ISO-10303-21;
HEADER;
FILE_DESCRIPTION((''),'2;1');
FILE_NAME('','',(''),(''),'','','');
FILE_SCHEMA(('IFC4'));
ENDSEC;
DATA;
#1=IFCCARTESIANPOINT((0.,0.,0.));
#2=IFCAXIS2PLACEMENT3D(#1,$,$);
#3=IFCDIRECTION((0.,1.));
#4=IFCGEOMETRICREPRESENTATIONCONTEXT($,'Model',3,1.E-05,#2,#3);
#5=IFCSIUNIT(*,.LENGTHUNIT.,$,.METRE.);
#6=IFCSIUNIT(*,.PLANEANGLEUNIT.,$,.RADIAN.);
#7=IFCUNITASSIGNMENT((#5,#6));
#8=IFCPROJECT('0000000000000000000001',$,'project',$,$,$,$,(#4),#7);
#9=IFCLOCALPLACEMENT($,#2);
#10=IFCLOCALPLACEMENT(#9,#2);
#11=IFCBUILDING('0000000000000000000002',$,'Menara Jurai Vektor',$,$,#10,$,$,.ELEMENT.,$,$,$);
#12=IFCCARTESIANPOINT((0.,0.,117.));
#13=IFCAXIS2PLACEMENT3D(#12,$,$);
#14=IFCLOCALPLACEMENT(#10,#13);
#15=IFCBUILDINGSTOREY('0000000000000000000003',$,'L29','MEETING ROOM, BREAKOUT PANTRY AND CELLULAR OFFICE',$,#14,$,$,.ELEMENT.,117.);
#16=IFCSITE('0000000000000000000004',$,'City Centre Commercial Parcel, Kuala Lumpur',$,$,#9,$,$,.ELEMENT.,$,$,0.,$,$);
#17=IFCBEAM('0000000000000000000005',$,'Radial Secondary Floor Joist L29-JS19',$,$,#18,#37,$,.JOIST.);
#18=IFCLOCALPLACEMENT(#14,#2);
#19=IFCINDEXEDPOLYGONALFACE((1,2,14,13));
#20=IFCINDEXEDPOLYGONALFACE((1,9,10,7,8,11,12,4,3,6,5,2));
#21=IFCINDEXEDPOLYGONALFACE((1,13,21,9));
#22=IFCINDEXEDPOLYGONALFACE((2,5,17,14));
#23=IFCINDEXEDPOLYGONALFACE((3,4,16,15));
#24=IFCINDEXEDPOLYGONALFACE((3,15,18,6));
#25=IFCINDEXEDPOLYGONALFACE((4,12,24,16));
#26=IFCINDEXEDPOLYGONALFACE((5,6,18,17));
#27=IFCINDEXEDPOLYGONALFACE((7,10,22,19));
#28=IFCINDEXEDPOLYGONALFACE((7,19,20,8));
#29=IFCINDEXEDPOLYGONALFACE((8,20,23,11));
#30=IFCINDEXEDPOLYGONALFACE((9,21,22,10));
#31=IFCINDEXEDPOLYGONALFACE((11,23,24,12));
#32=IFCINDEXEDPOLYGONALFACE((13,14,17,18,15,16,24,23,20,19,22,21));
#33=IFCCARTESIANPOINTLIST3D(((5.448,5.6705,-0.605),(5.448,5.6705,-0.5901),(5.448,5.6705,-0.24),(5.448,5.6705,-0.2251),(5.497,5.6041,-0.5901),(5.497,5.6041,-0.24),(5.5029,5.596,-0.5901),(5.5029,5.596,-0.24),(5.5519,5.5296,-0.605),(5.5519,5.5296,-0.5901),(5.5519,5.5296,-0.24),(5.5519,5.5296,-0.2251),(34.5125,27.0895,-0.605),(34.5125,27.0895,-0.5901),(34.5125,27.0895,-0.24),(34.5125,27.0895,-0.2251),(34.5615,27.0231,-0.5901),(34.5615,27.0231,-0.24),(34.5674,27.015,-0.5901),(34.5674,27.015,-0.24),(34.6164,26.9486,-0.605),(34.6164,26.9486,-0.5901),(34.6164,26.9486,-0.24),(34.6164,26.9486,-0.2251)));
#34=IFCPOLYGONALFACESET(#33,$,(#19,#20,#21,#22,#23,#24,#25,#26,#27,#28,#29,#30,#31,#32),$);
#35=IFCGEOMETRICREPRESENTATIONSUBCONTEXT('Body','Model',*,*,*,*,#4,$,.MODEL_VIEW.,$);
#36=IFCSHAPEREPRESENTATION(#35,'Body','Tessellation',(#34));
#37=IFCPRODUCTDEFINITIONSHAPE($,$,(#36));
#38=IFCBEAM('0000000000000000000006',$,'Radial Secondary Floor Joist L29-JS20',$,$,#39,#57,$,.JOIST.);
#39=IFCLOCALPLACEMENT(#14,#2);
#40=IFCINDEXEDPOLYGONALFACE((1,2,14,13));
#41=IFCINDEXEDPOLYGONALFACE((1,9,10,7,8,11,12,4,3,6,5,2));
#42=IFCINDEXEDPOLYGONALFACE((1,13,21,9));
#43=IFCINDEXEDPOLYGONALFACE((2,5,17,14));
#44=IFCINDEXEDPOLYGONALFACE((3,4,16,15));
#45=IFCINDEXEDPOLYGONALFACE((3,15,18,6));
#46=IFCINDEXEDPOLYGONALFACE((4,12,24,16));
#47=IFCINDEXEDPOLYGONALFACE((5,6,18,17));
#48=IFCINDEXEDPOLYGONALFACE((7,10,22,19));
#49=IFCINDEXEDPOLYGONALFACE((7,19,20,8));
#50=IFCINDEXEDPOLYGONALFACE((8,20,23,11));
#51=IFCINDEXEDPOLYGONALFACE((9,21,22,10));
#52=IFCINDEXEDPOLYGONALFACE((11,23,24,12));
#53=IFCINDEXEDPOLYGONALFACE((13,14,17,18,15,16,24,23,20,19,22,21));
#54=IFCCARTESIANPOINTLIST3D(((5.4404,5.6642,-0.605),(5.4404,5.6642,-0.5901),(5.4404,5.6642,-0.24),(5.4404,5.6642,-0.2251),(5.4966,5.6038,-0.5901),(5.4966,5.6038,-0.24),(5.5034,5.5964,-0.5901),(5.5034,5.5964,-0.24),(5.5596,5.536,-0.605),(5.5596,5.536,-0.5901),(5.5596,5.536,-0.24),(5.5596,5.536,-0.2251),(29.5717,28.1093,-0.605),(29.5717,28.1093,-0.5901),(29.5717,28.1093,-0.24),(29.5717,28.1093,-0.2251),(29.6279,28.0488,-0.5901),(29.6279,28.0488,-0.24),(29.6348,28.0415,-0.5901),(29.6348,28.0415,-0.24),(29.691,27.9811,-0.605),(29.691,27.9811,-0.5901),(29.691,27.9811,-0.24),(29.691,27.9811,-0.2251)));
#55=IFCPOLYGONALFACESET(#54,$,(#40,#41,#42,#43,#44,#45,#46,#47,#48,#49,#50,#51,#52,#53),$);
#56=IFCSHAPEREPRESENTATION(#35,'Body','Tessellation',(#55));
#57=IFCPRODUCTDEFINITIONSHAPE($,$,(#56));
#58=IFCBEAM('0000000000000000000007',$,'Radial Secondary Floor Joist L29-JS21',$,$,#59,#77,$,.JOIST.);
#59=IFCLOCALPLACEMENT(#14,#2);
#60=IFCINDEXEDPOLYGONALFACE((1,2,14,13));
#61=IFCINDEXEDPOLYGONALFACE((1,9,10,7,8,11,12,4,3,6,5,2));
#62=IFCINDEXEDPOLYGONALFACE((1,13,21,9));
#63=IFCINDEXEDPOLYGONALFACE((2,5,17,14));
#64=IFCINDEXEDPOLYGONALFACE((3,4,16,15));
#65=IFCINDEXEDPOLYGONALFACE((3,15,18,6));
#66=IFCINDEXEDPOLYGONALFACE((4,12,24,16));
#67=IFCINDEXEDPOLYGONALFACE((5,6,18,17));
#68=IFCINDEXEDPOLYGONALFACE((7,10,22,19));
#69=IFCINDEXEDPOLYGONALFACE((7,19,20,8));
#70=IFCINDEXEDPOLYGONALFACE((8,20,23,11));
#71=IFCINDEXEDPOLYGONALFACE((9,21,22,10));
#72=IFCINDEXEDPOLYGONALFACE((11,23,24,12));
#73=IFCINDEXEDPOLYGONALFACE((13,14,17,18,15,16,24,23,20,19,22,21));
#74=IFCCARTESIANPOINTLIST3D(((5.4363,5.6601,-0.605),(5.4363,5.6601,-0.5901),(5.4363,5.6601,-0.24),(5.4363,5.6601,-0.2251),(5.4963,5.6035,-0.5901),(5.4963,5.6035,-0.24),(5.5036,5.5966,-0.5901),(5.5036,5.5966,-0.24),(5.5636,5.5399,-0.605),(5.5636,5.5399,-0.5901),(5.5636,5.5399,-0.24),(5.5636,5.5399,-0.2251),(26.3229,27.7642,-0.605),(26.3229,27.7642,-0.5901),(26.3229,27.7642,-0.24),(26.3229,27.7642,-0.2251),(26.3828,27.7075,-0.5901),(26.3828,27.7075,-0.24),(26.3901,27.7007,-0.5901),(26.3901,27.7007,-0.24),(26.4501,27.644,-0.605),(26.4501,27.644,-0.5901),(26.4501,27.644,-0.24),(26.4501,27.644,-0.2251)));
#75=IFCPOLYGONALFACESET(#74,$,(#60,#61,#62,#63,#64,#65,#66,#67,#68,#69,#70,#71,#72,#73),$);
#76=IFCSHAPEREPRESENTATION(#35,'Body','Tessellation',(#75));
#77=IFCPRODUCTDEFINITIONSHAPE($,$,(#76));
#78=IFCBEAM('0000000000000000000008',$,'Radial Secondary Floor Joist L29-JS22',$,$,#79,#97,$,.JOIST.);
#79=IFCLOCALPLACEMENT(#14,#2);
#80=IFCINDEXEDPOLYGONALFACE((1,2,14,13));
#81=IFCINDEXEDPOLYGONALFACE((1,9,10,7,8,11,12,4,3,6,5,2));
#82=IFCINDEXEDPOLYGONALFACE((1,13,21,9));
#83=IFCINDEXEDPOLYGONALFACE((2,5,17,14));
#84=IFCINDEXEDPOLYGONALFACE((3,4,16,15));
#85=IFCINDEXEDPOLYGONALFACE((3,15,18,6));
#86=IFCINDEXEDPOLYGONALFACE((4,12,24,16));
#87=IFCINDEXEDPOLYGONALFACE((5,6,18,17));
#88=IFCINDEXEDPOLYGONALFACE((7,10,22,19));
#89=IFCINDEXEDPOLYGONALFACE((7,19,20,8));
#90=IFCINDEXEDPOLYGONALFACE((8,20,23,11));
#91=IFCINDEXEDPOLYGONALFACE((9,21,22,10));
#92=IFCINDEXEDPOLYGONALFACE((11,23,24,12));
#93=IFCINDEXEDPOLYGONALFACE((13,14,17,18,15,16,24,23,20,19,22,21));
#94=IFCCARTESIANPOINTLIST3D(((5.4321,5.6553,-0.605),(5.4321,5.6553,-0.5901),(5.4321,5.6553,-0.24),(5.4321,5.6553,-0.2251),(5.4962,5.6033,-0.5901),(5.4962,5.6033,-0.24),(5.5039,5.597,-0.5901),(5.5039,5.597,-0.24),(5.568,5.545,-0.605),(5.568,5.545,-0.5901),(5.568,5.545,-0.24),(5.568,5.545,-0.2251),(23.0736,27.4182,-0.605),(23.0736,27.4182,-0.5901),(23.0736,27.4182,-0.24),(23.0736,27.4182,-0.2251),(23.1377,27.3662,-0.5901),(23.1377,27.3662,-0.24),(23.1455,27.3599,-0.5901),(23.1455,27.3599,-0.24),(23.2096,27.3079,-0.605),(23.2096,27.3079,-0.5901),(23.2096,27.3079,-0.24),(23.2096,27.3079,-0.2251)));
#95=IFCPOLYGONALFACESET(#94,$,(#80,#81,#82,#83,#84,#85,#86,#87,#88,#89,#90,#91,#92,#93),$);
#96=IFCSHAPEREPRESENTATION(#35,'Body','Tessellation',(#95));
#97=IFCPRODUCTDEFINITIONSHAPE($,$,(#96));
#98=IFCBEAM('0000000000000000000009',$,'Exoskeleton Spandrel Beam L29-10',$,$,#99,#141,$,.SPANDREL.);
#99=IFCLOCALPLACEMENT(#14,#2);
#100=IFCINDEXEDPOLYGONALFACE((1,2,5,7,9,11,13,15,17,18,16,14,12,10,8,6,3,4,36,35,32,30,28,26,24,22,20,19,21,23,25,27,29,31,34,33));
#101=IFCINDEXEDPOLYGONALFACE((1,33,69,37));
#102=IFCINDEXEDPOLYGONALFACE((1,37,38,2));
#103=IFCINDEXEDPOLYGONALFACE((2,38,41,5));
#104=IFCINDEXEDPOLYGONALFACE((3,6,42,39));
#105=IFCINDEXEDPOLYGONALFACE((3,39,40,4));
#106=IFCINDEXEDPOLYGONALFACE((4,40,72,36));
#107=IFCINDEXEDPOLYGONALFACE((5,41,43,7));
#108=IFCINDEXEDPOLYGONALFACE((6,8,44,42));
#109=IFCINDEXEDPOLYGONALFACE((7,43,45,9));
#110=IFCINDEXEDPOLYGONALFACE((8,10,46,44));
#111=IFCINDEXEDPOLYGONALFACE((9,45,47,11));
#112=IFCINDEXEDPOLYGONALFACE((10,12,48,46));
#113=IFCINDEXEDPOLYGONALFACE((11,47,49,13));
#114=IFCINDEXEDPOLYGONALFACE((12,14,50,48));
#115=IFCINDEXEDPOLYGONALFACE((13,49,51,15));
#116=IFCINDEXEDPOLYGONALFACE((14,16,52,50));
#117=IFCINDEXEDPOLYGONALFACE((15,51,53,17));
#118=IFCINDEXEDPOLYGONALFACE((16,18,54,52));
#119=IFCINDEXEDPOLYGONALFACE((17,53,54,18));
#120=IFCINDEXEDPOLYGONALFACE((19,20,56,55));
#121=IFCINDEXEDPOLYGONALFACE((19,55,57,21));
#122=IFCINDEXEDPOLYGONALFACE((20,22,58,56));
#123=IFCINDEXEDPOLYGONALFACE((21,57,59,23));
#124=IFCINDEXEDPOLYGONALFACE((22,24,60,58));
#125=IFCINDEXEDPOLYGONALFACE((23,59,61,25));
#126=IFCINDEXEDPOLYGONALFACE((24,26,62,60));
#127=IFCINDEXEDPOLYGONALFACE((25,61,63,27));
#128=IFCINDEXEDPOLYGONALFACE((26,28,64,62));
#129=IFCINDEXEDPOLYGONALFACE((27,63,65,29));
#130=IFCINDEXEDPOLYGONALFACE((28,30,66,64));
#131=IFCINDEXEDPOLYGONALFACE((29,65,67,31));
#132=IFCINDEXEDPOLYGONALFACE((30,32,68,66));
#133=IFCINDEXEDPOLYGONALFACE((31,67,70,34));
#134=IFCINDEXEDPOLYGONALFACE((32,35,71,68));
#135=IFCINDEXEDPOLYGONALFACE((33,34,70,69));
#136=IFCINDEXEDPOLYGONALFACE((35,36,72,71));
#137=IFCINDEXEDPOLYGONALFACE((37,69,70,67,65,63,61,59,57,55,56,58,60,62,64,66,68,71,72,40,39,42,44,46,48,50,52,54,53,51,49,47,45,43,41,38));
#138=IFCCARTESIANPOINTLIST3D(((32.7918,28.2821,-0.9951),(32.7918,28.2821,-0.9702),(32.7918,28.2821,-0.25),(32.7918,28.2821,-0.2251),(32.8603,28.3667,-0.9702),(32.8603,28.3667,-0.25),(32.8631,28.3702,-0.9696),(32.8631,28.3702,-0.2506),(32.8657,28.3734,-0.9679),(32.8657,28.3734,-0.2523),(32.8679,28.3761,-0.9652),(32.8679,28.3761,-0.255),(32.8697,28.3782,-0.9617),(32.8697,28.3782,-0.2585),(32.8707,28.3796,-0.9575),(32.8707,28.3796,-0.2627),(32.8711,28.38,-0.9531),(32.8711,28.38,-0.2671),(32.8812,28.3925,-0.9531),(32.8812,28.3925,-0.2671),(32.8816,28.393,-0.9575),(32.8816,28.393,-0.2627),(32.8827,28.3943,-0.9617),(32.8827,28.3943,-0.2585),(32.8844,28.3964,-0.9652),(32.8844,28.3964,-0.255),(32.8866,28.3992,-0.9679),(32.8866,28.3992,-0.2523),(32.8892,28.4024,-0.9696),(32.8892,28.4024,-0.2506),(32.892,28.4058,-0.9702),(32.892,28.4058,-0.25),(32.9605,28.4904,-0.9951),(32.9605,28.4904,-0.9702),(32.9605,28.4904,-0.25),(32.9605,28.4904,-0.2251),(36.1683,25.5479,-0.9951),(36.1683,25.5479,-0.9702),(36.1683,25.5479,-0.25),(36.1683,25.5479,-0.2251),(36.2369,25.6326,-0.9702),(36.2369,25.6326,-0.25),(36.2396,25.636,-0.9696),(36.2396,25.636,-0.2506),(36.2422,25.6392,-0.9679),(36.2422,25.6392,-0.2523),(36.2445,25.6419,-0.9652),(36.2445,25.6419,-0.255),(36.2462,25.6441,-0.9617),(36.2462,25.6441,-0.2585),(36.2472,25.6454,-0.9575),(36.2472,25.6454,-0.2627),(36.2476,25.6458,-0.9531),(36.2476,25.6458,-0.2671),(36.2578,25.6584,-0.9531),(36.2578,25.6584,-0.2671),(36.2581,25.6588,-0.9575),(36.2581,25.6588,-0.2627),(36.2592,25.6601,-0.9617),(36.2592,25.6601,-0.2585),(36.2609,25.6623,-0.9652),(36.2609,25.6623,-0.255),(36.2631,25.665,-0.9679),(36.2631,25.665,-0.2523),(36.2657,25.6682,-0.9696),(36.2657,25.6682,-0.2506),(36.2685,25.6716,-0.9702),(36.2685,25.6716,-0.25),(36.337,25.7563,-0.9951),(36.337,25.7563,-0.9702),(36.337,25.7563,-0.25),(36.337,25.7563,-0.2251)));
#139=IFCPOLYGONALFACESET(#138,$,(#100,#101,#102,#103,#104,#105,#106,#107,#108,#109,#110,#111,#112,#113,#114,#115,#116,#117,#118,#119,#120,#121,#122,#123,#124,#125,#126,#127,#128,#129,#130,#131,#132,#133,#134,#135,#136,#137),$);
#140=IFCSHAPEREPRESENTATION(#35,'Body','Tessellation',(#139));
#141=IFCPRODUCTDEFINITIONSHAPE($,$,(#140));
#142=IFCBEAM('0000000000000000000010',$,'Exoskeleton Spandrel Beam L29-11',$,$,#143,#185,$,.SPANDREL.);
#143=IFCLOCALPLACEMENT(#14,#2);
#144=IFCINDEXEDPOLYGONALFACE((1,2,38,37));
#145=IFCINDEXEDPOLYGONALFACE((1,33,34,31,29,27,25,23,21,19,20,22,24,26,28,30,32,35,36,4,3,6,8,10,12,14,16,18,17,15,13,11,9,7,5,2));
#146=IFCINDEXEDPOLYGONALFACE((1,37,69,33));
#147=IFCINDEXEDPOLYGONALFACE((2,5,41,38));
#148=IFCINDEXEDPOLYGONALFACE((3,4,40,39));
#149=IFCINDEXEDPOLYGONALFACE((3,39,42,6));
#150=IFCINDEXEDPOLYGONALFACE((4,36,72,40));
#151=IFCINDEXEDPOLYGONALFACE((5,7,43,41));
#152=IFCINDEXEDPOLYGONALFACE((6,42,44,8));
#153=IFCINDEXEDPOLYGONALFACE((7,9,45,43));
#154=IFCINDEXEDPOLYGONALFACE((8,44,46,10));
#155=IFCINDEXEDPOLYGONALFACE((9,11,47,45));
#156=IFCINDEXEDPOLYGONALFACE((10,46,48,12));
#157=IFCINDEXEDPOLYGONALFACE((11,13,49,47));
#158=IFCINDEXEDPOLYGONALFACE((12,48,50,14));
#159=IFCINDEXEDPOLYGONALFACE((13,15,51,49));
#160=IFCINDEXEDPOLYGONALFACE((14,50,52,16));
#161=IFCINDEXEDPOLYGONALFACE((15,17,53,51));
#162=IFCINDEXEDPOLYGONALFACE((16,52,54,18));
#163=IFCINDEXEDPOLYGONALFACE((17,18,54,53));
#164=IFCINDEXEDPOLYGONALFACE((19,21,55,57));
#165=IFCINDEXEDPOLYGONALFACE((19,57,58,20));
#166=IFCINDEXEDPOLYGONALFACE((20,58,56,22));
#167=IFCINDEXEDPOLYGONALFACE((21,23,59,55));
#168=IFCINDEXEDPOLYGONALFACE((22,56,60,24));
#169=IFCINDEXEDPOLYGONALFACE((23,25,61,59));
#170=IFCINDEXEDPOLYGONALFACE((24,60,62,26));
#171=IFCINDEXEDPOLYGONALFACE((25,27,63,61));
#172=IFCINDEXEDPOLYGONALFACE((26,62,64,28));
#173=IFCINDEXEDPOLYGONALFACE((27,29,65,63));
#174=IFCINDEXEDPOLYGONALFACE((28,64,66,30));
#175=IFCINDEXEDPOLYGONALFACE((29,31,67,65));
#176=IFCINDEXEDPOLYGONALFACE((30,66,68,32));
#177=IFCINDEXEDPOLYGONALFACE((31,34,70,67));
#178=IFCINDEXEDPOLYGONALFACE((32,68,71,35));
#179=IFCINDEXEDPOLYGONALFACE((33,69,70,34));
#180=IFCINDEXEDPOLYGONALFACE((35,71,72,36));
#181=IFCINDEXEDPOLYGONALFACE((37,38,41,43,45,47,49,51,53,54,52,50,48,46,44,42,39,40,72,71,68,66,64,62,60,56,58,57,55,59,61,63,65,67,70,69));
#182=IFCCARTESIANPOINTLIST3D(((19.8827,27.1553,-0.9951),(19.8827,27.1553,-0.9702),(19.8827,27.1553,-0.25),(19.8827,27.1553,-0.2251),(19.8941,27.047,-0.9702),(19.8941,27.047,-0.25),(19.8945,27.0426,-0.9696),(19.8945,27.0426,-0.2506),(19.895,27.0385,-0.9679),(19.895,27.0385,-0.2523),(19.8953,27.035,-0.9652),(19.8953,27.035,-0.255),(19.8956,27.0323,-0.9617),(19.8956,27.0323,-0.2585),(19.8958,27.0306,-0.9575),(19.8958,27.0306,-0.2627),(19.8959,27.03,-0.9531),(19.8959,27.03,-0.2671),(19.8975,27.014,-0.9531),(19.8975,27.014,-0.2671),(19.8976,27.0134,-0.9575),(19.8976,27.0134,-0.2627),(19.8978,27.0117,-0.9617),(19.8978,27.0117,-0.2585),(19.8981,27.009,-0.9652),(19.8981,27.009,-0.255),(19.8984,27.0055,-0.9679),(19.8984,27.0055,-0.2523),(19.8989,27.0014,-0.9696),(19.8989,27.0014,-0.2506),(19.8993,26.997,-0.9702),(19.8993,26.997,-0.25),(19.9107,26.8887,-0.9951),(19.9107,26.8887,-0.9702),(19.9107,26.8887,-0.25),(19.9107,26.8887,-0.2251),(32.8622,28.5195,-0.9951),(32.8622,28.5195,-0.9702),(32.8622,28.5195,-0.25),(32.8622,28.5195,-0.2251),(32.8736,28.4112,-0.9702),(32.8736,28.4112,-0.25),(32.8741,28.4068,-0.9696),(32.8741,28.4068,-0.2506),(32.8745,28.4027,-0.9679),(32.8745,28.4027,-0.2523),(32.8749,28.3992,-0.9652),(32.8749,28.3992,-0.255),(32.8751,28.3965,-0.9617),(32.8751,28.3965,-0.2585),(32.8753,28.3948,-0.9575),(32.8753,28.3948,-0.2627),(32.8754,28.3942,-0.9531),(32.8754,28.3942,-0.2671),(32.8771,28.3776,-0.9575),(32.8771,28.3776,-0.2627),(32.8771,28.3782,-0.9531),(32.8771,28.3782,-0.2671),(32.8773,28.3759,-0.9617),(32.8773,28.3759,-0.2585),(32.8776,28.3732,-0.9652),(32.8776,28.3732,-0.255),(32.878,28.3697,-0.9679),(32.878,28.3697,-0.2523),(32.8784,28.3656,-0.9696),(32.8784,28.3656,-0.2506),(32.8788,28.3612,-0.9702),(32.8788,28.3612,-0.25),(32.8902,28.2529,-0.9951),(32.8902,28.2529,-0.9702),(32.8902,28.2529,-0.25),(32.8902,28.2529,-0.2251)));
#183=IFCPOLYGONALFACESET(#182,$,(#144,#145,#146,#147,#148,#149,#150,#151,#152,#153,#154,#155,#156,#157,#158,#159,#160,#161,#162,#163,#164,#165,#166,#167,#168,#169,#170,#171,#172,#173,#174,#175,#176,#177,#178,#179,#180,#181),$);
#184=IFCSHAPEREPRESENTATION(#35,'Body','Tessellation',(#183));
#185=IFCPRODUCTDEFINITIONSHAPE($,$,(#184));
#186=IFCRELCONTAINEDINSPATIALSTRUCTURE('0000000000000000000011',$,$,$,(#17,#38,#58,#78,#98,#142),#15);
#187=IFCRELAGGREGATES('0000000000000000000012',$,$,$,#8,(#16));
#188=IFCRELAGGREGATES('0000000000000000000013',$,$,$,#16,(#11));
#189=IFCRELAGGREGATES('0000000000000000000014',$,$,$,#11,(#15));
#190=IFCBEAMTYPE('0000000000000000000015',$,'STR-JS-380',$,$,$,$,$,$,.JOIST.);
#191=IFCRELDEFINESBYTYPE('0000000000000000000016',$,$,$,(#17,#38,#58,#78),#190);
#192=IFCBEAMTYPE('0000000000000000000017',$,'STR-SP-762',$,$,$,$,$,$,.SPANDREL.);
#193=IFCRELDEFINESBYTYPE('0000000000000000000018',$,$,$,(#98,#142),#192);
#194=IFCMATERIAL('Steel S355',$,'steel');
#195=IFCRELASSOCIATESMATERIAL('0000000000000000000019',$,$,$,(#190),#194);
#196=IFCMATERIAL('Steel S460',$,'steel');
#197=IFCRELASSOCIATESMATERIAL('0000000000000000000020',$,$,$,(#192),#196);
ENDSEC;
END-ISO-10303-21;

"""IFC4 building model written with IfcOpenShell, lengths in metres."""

from ifc_helpers import new_model, si_unit, direction, frame, origin, origin_2d, place, context, subcontext, project, spatial, i_section, extrude, material, material_profile, profile_set, type_object, element, save


model = new_model("IFC4")

# Units and contexts
model_context = context("Model", 3, precision=1e-05, world=origin(), true_north=direction((0.0, 1.0)))
body_context = subcontext(model_context, "Body", "Model", "MODEL_VIEW")
ifc_project = project(units=[si_unit("LENGTHUNIT", "METRE"), si_unit("PLANEANGLEUNIT", "RADIAN")], contexts=[model_context])

# Site, building, storey
site_placement = place(None, origin())
site = spatial("IfcSite", under=ifc_project, at=site_placement, Name="City Centre Commercial Parcel, Kuala Lumpur", CompositionType="ELEMENT", RefElevation=0.0)
building_placement = place(site_placement, origin())
building = spatial("IfcBuilding", under=site, at=building_placement, Name="Menara Jurai Vektor", CompositionType="ELEMENT")
storey_placement = place(building_placement, frame((0.0, 0.0, 117.0)))
storey = spatial("IfcBuildingStorey", under=building, at=storey_placement, Name="L29", Description="MEETING ROOM, BREAKOUT PANTRY AND CELLULAR OFFICE", CompositionType="ELEMENT", Elevation=117.0)

# Shared definitions
ifc_material_1 = material(Name="Steel S460", Category="steel")

# Shared definitions
ifc_material_2 = material(Name="Steel S355", Category="steel")

# Beams
ifc_material_profile_1 = material_profile(ifc_material_2, i_section(OverallWidth=0.175, OverallDepth=0.3799, WebThickness=0.01, FlangeThickness=0.0149, at=origin_2d()), Name="PG 380x175x58")
ifc_profile_set_1 = profile_set([ifc_material_profile_1], Name="Steel S355")
beam_type_1 = type_object("IfcBeamType", Name="STR-JS-380", PredefinedType="JOIST", material=ifc_profile_set_1)
beam_1_placement = place(storey_placement, frame((34.5645, 27.019, -0.415), z_axis=(-0.805016, -0.593253, 0.0), x_axis=(0.593253, -0.805016, 0.0)))
element("IfcBeam", 1, at=beam_1_placement, inside=storey, type_object=beam_type_1, Name="Radial Secondary Floor Joist L29-JS19", PredefinedType="JOIST", context=body_context, shape_type="SweptSolid", body=[
    extrude(i_section(OverallWidth=0.175, OverallDepth=0.3799, WebThickness=0.01, FlangeThickness=0.0149, at=origin_2d()), origin(), (0.0, 0.0, 1.0), 36.1042),
])
beam_2_placement = place(storey_placement, frame((29.6313, 28.0452, -0.415), z_axis=(-0.732228, -0.68106, 0.0), x_axis=(0.68106, -0.732228, 0.0)))
element("IfcBeam", 2, at=beam_2_placement, inside=storey, type_object=beam_type_1, Name="Radial Secondary Floor Joist L29-JS20", PredefinedType="JOIST", context=body_context, shape_type="SweptSolid", body=[
    extrude(i_section(OverallWidth=0.175, OverallDepth=0.3799, WebThickness=0.01, FlangeThickness=0.0149, at=origin_2d()), origin(), (0.0, 0.0, 1.0), 32.9561),
])
beam_3_placement = place(storey_placement, frame((26.3865, 27.7041, -0.415), z_axis=(-0.686805, -0.726841, 0.0), x_axis=(0.726841, -0.686805, 0.0)))
element("IfcBeam", 3, at=beam_3_placement, inside=storey, type_object=beam_type_1, Name="Radial Secondary Floor Joist L29-JS21", PredefinedType="JOIST", context=body_context, shape_type="SweptSolid", body=[
    extrude(i_section(OverallWidth=0.175, OverallDepth=0.3799, WebThickness=0.01, FlangeThickness=0.0149, at=origin_2d()), origin(), (0.0, 0.0, 1.0), 30.4111),
])
beam_4_placement = place(storey_placement, frame((23.1416, 27.363, -0.415), z_axis=(-0.629715, -0.776826, 0.0), x_axis=(0.776826, -0.629715, 0.0)))
element("IfcBeam", 4, at=beam_4_placement, inside=storey, type_object=beam_type_1, Name="Radial Secondary Floor Joist L29-JS22", PredefinedType="JOIST", context=body_context, shape_type="SweptSolid", body=[
    extrude(i_section(OverallWidth=0.175, OverallDepth=0.3799, WebThickness=0.01, FlangeThickness=0.0149, at=origin_2d()), origin(), (0.0, 0.0, 1.0), 28.0151),
])
ifc_material_profile_2 = material_profile(ifc_material_1, i_section(OverallWidth=0.2681, OverallDepth=0.77, WebThickness=0.0161, FlangeThickness=0.0249, FilletRadius=0.0171, at=origin_2d()), Name="UKB 762x267x197")
ifc_profile_set_2 = profile_set([ifc_material_profile_2], Name="Steel S460")
beam_type_2 = type_object("IfcBeamType", Name="STR-SP-762", PredefinedType="SPANDREL", material=ifc_profile_set_2)
beam_5_placement = place(storey_placement, frame((36.2527, 25.6521, -0.6101), z_axis=(-0.777155, 0.62931, 0.0), x_axis=(-0.62931, -0.777155, 0.0)))
element("IfcBeam", 5, at=beam_5_placement, inside=storey, type_object=beam_type_2, Name="Exoskeleton Spandrel Beam L29-10", PredefinedType="SPANDREL", context=body_context, shape_type="SweptSolid", body=[
    extrude(i_section(OverallWidth=0.2681, OverallDepth=0.77, WebThickness=0.0161, FlangeThickness=0.0249, FilletRadius=0.0171, at=origin_2d()), origin(), (0.0, 0.0, 1.0), 4.3447),
])
beam_6_placement = place(storey_placement, frame((32.8762, 28.3862, -0.6101), z_axis=(-0.994521, -0.104533, 0.0), x_axis=(0.104533, -0.994521, 0.0)))
element("IfcBeam", 6, at=beam_6_placement, inside=storey, type_object=beam_type_2, Name="Exoskeleton Spandrel Beam L29-11", PredefinedType="SPANDREL", context=body_context, shape_type="SweptSolid", body=[
    extrude(i_section(OverallWidth=0.2681, OverallDepth=0.77, WebThickness=0.0161, FlangeThickness=0.0249, FilletRadius=0.0171, at=origin_2d()), origin(), (0.0, 0.0, 1.0), 13.051),
])

save(model, "model.ifc")
